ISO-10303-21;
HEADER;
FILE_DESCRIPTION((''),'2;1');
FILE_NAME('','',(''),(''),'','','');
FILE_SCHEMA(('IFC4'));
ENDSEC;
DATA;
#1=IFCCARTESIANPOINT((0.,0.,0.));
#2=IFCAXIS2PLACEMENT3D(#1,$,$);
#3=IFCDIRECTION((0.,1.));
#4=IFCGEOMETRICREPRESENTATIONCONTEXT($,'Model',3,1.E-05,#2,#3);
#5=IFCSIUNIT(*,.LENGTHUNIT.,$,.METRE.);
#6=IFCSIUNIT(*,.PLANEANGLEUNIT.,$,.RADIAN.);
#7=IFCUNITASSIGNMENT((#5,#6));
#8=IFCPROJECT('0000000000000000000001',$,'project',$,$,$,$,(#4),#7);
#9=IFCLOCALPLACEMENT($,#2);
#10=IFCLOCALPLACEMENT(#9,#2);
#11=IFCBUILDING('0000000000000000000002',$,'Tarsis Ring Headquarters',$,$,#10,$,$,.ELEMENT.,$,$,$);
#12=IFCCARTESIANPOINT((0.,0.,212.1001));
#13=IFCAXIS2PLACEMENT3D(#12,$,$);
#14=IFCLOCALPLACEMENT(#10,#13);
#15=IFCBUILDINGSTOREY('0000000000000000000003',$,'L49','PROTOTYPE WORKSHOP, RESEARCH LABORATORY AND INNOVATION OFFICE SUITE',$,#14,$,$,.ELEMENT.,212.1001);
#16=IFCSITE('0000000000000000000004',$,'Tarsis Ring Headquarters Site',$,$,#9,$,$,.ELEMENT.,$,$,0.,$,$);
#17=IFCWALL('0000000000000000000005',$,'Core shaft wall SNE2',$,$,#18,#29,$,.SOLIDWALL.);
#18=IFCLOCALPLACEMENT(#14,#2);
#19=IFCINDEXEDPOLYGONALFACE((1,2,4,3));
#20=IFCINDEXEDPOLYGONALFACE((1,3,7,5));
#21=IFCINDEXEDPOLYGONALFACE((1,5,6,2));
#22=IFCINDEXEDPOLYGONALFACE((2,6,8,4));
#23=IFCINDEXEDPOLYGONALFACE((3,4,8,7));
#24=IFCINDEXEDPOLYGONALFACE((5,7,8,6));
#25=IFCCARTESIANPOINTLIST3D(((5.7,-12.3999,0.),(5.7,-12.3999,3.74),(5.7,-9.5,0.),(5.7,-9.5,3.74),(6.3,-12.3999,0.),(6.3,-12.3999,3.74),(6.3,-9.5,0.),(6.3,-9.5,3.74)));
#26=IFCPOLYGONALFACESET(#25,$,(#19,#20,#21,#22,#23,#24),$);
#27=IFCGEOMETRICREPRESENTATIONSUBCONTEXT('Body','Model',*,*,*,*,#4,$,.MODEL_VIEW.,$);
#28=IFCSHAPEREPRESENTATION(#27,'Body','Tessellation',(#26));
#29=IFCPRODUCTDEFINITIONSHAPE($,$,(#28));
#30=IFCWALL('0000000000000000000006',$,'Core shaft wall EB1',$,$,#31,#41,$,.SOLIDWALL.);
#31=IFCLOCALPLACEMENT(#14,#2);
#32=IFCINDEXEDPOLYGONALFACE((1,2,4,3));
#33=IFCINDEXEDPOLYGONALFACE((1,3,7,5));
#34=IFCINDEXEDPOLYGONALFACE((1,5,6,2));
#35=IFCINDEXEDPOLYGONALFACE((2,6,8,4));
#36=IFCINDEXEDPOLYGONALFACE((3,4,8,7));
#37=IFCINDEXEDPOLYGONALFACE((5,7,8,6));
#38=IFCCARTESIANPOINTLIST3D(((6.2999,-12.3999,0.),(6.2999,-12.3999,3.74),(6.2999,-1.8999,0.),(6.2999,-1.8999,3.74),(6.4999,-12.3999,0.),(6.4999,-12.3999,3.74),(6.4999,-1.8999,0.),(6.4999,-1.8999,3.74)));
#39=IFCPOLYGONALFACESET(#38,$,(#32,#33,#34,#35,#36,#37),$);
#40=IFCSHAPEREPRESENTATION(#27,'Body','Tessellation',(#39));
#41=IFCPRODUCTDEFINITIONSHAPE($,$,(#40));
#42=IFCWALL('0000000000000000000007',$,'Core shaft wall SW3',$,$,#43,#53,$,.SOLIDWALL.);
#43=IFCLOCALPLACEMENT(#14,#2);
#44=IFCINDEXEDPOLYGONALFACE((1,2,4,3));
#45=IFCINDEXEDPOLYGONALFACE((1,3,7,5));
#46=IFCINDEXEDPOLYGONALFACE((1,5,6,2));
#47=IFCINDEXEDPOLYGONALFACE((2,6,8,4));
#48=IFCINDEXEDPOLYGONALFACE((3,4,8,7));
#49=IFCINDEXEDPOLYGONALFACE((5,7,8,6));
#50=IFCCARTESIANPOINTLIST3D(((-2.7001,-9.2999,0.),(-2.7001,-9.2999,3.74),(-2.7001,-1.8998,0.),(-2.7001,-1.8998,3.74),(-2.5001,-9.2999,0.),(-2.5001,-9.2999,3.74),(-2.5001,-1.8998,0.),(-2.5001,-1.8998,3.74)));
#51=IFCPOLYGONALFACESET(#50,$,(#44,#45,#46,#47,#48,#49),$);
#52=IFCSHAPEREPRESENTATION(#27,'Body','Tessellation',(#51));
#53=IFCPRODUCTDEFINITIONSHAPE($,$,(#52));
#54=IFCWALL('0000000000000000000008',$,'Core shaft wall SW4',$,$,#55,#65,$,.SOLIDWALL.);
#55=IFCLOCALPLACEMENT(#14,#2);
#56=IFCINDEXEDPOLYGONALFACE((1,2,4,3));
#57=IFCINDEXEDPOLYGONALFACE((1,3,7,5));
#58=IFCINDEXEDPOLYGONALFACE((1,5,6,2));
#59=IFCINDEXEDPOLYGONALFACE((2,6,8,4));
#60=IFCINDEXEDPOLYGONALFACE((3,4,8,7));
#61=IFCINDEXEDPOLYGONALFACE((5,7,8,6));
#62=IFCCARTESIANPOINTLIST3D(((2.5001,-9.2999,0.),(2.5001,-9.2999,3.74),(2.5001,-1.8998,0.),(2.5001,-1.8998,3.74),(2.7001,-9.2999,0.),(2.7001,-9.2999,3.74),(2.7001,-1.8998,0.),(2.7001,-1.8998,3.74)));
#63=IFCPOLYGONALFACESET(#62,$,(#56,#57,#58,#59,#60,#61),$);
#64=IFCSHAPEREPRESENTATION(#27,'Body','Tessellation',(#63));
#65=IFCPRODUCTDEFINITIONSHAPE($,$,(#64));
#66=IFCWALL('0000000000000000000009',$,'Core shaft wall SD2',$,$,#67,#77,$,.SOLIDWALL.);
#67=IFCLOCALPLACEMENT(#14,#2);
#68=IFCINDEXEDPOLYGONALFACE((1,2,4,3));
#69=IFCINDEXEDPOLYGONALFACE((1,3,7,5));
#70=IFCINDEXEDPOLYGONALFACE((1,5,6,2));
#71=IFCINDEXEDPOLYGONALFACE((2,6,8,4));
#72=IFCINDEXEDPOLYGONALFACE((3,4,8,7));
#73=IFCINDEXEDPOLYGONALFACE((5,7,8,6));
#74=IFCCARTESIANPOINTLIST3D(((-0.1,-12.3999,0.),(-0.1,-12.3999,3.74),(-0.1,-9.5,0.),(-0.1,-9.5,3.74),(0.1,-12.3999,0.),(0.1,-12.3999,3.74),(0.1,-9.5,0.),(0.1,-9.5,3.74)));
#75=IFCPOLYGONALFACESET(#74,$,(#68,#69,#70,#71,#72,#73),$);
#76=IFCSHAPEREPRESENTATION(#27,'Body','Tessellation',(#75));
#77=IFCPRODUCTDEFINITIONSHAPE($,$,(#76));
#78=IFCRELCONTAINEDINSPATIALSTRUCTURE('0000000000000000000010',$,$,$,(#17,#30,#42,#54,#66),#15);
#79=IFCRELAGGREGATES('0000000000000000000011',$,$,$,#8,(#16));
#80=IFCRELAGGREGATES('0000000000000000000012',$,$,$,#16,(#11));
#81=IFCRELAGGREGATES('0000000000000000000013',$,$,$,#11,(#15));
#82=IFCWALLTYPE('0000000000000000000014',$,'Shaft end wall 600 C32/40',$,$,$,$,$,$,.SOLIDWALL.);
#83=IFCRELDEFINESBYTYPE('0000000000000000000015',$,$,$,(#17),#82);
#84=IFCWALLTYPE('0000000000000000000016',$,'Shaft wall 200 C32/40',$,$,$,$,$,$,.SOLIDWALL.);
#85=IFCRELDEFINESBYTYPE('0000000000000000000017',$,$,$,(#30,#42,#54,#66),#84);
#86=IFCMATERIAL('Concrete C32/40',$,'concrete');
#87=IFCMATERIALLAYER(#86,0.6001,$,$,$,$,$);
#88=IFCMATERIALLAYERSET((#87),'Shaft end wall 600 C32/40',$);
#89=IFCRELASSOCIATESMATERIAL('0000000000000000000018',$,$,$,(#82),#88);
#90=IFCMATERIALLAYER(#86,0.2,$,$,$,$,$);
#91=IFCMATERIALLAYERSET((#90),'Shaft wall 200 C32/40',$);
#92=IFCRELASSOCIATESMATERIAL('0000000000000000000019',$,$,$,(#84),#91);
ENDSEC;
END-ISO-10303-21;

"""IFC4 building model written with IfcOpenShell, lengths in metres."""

from ifc_helpers import new_model, si_unit, direction, frame, frame_2d, origin, place, context, subcontext, project, spatial, rectangle, extrude, material, layer, layer_set, type_object, element, save


model = new_model("IFC4")

# Units and contexts
model_context = context("Model", 3, precision=1e-05, world=origin(), true_north=direction((0.0, 1.0)))
body_context = subcontext(model_context, "Body", "Model", "MODEL_VIEW")
ifc_project = project(units=[si_unit("LENGTHUNIT", "METRE"), si_unit("PLANEANGLEUNIT", "RADIAN")], contexts=[model_context])

# Site, building, storey
site_placement = place(None, origin())
site = spatial("IfcSite", under=ifc_project, at=site_placement, Name="Tarsis Ring Headquarters Site", CompositionType="ELEMENT", RefElevation=0.0)
building_placement = place(site_placement, origin())
building = spatial("IfcBuilding", under=site, at=building_placement, Name="Tarsis Ring Headquarters", CompositionType="ELEMENT")
storey_placement = place(building_placement, frame((0.0, 0.0, 212.1001)))
storey = spatial("IfcBuildingStorey", under=building, at=storey_placement, Name="L49", Description="PROTOTYPE WORKSHOP, RESEARCH LABORATORY AND INNOVATION OFFICE SUITE", CompositionType="ELEMENT", Elevation=212.1001)

# Walls
ifc_material_1 = material(Name="Concrete C32/40", Category="concrete")
ifc_layer_1 = layer(ifc_material_1, 0.6001)
ifc_layer_set_1 = layer_set([ifc_layer_1], Name="Shaft end wall 600 C32/40")
wall_type_1 = type_object("IfcWallType", Name="Shaft end wall 600 C32/40", PredefinedType="SOLIDWALL", material=ifc_layer_set_1)
wall_1_placement = place(storey_placement, frame((6.0, -12.3999, 0.0), z_axis=(0.0, 0.0, 1.0), x_axis=(0.0, 1.0, 0.0)))
element("IfcWall", 1, at=wall_1_placement, inside=storey, type_object=wall_type_1, Name="Core shaft wall SNE2", PredefinedType="SOLIDWALL", context=body_context, shape_type="SweptSolid", body=[
    extrude(rectangle(XDim=2.8999, YDim=0.6001, at=frame_2d((1.45, 0.0))), origin(), (0.0, 0.0, 1.0), 3.74),
])
ifc_layer_2 = layer(ifc_material_1, 0.2)
ifc_layer_set_2 = layer_set([ifc_layer_2], Name="Shaft wall 200 C32/40")
wall_type_2 = type_object("IfcWallType", Name="Shaft wall 200 C32/40", PredefinedType="SOLIDWALL", material=ifc_layer_set_2)
wall_2_placement = place(storey_placement, frame((6.3999, -12.3999, 0.0), z_axis=(0.0, 0.0, 1.0), x_axis=(0.0, 1.0, 0.0)))
element("IfcWall", 2, at=wall_2_placement, inside=storey, type_object=wall_type_2, Name="Core shaft wall EB1", PredefinedType="SOLIDWALL", context=body_context, shape_type="SweptSolid", body=[
    extrude(rectangle(XDim=10.5, YDim=0.2, at=frame_2d((5.25, 0.0))), origin(), (0.0, 0.0, 1.0), 3.74),
])
for number, where, z_axis, x_axis, name in (
    (3, (-2.6001, -9.3, 0.0), (0.0, 0.0, 1.0), (0.0, 1.0, 0.0), "Core shaft wall SW3"),
    (4, (2.6001, -9.3, 0.0), (0.0, 0.0, 1.0), (0.0, 1.0, 0.0), "Core shaft wall SW4"),
):
    element("IfcWall", number, at=place(storey_placement, frame(where, z_axis=z_axis, x_axis=x_axis)), inside=storey, type_object=wall_type_2, Name=name, PredefinedType="SOLIDWALL", context=body_context, shape_type="SweptSolid", body=[
        extrude(rectangle(XDim=7.4001, YDim=0.2, at=frame_2d((3.7002, 0.0))), origin(), (0.0, 0.0, 1.0), 3.74),
    ])
wall_3_placement = place(storey_placement, frame((0.0, -12.3999, 0.0), z_axis=(0.0, 0.0, 1.0), x_axis=(0.0, 1.0, 0.0)))
element("IfcWall", 5, at=wall_3_placement, inside=storey, type_object=wall_type_2, Name="Core shaft wall SD2", PredefinedType="SOLIDWALL", context=body_context, shape_type="SweptSolid", body=[
    extrude(rectangle(XDim=2.8999, YDim=0.2, at=frame_2d((1.45, 0.0))), origin(), (0.0, 0.0, 1.0), 3.74),
])

save(model, "model.ifc")
